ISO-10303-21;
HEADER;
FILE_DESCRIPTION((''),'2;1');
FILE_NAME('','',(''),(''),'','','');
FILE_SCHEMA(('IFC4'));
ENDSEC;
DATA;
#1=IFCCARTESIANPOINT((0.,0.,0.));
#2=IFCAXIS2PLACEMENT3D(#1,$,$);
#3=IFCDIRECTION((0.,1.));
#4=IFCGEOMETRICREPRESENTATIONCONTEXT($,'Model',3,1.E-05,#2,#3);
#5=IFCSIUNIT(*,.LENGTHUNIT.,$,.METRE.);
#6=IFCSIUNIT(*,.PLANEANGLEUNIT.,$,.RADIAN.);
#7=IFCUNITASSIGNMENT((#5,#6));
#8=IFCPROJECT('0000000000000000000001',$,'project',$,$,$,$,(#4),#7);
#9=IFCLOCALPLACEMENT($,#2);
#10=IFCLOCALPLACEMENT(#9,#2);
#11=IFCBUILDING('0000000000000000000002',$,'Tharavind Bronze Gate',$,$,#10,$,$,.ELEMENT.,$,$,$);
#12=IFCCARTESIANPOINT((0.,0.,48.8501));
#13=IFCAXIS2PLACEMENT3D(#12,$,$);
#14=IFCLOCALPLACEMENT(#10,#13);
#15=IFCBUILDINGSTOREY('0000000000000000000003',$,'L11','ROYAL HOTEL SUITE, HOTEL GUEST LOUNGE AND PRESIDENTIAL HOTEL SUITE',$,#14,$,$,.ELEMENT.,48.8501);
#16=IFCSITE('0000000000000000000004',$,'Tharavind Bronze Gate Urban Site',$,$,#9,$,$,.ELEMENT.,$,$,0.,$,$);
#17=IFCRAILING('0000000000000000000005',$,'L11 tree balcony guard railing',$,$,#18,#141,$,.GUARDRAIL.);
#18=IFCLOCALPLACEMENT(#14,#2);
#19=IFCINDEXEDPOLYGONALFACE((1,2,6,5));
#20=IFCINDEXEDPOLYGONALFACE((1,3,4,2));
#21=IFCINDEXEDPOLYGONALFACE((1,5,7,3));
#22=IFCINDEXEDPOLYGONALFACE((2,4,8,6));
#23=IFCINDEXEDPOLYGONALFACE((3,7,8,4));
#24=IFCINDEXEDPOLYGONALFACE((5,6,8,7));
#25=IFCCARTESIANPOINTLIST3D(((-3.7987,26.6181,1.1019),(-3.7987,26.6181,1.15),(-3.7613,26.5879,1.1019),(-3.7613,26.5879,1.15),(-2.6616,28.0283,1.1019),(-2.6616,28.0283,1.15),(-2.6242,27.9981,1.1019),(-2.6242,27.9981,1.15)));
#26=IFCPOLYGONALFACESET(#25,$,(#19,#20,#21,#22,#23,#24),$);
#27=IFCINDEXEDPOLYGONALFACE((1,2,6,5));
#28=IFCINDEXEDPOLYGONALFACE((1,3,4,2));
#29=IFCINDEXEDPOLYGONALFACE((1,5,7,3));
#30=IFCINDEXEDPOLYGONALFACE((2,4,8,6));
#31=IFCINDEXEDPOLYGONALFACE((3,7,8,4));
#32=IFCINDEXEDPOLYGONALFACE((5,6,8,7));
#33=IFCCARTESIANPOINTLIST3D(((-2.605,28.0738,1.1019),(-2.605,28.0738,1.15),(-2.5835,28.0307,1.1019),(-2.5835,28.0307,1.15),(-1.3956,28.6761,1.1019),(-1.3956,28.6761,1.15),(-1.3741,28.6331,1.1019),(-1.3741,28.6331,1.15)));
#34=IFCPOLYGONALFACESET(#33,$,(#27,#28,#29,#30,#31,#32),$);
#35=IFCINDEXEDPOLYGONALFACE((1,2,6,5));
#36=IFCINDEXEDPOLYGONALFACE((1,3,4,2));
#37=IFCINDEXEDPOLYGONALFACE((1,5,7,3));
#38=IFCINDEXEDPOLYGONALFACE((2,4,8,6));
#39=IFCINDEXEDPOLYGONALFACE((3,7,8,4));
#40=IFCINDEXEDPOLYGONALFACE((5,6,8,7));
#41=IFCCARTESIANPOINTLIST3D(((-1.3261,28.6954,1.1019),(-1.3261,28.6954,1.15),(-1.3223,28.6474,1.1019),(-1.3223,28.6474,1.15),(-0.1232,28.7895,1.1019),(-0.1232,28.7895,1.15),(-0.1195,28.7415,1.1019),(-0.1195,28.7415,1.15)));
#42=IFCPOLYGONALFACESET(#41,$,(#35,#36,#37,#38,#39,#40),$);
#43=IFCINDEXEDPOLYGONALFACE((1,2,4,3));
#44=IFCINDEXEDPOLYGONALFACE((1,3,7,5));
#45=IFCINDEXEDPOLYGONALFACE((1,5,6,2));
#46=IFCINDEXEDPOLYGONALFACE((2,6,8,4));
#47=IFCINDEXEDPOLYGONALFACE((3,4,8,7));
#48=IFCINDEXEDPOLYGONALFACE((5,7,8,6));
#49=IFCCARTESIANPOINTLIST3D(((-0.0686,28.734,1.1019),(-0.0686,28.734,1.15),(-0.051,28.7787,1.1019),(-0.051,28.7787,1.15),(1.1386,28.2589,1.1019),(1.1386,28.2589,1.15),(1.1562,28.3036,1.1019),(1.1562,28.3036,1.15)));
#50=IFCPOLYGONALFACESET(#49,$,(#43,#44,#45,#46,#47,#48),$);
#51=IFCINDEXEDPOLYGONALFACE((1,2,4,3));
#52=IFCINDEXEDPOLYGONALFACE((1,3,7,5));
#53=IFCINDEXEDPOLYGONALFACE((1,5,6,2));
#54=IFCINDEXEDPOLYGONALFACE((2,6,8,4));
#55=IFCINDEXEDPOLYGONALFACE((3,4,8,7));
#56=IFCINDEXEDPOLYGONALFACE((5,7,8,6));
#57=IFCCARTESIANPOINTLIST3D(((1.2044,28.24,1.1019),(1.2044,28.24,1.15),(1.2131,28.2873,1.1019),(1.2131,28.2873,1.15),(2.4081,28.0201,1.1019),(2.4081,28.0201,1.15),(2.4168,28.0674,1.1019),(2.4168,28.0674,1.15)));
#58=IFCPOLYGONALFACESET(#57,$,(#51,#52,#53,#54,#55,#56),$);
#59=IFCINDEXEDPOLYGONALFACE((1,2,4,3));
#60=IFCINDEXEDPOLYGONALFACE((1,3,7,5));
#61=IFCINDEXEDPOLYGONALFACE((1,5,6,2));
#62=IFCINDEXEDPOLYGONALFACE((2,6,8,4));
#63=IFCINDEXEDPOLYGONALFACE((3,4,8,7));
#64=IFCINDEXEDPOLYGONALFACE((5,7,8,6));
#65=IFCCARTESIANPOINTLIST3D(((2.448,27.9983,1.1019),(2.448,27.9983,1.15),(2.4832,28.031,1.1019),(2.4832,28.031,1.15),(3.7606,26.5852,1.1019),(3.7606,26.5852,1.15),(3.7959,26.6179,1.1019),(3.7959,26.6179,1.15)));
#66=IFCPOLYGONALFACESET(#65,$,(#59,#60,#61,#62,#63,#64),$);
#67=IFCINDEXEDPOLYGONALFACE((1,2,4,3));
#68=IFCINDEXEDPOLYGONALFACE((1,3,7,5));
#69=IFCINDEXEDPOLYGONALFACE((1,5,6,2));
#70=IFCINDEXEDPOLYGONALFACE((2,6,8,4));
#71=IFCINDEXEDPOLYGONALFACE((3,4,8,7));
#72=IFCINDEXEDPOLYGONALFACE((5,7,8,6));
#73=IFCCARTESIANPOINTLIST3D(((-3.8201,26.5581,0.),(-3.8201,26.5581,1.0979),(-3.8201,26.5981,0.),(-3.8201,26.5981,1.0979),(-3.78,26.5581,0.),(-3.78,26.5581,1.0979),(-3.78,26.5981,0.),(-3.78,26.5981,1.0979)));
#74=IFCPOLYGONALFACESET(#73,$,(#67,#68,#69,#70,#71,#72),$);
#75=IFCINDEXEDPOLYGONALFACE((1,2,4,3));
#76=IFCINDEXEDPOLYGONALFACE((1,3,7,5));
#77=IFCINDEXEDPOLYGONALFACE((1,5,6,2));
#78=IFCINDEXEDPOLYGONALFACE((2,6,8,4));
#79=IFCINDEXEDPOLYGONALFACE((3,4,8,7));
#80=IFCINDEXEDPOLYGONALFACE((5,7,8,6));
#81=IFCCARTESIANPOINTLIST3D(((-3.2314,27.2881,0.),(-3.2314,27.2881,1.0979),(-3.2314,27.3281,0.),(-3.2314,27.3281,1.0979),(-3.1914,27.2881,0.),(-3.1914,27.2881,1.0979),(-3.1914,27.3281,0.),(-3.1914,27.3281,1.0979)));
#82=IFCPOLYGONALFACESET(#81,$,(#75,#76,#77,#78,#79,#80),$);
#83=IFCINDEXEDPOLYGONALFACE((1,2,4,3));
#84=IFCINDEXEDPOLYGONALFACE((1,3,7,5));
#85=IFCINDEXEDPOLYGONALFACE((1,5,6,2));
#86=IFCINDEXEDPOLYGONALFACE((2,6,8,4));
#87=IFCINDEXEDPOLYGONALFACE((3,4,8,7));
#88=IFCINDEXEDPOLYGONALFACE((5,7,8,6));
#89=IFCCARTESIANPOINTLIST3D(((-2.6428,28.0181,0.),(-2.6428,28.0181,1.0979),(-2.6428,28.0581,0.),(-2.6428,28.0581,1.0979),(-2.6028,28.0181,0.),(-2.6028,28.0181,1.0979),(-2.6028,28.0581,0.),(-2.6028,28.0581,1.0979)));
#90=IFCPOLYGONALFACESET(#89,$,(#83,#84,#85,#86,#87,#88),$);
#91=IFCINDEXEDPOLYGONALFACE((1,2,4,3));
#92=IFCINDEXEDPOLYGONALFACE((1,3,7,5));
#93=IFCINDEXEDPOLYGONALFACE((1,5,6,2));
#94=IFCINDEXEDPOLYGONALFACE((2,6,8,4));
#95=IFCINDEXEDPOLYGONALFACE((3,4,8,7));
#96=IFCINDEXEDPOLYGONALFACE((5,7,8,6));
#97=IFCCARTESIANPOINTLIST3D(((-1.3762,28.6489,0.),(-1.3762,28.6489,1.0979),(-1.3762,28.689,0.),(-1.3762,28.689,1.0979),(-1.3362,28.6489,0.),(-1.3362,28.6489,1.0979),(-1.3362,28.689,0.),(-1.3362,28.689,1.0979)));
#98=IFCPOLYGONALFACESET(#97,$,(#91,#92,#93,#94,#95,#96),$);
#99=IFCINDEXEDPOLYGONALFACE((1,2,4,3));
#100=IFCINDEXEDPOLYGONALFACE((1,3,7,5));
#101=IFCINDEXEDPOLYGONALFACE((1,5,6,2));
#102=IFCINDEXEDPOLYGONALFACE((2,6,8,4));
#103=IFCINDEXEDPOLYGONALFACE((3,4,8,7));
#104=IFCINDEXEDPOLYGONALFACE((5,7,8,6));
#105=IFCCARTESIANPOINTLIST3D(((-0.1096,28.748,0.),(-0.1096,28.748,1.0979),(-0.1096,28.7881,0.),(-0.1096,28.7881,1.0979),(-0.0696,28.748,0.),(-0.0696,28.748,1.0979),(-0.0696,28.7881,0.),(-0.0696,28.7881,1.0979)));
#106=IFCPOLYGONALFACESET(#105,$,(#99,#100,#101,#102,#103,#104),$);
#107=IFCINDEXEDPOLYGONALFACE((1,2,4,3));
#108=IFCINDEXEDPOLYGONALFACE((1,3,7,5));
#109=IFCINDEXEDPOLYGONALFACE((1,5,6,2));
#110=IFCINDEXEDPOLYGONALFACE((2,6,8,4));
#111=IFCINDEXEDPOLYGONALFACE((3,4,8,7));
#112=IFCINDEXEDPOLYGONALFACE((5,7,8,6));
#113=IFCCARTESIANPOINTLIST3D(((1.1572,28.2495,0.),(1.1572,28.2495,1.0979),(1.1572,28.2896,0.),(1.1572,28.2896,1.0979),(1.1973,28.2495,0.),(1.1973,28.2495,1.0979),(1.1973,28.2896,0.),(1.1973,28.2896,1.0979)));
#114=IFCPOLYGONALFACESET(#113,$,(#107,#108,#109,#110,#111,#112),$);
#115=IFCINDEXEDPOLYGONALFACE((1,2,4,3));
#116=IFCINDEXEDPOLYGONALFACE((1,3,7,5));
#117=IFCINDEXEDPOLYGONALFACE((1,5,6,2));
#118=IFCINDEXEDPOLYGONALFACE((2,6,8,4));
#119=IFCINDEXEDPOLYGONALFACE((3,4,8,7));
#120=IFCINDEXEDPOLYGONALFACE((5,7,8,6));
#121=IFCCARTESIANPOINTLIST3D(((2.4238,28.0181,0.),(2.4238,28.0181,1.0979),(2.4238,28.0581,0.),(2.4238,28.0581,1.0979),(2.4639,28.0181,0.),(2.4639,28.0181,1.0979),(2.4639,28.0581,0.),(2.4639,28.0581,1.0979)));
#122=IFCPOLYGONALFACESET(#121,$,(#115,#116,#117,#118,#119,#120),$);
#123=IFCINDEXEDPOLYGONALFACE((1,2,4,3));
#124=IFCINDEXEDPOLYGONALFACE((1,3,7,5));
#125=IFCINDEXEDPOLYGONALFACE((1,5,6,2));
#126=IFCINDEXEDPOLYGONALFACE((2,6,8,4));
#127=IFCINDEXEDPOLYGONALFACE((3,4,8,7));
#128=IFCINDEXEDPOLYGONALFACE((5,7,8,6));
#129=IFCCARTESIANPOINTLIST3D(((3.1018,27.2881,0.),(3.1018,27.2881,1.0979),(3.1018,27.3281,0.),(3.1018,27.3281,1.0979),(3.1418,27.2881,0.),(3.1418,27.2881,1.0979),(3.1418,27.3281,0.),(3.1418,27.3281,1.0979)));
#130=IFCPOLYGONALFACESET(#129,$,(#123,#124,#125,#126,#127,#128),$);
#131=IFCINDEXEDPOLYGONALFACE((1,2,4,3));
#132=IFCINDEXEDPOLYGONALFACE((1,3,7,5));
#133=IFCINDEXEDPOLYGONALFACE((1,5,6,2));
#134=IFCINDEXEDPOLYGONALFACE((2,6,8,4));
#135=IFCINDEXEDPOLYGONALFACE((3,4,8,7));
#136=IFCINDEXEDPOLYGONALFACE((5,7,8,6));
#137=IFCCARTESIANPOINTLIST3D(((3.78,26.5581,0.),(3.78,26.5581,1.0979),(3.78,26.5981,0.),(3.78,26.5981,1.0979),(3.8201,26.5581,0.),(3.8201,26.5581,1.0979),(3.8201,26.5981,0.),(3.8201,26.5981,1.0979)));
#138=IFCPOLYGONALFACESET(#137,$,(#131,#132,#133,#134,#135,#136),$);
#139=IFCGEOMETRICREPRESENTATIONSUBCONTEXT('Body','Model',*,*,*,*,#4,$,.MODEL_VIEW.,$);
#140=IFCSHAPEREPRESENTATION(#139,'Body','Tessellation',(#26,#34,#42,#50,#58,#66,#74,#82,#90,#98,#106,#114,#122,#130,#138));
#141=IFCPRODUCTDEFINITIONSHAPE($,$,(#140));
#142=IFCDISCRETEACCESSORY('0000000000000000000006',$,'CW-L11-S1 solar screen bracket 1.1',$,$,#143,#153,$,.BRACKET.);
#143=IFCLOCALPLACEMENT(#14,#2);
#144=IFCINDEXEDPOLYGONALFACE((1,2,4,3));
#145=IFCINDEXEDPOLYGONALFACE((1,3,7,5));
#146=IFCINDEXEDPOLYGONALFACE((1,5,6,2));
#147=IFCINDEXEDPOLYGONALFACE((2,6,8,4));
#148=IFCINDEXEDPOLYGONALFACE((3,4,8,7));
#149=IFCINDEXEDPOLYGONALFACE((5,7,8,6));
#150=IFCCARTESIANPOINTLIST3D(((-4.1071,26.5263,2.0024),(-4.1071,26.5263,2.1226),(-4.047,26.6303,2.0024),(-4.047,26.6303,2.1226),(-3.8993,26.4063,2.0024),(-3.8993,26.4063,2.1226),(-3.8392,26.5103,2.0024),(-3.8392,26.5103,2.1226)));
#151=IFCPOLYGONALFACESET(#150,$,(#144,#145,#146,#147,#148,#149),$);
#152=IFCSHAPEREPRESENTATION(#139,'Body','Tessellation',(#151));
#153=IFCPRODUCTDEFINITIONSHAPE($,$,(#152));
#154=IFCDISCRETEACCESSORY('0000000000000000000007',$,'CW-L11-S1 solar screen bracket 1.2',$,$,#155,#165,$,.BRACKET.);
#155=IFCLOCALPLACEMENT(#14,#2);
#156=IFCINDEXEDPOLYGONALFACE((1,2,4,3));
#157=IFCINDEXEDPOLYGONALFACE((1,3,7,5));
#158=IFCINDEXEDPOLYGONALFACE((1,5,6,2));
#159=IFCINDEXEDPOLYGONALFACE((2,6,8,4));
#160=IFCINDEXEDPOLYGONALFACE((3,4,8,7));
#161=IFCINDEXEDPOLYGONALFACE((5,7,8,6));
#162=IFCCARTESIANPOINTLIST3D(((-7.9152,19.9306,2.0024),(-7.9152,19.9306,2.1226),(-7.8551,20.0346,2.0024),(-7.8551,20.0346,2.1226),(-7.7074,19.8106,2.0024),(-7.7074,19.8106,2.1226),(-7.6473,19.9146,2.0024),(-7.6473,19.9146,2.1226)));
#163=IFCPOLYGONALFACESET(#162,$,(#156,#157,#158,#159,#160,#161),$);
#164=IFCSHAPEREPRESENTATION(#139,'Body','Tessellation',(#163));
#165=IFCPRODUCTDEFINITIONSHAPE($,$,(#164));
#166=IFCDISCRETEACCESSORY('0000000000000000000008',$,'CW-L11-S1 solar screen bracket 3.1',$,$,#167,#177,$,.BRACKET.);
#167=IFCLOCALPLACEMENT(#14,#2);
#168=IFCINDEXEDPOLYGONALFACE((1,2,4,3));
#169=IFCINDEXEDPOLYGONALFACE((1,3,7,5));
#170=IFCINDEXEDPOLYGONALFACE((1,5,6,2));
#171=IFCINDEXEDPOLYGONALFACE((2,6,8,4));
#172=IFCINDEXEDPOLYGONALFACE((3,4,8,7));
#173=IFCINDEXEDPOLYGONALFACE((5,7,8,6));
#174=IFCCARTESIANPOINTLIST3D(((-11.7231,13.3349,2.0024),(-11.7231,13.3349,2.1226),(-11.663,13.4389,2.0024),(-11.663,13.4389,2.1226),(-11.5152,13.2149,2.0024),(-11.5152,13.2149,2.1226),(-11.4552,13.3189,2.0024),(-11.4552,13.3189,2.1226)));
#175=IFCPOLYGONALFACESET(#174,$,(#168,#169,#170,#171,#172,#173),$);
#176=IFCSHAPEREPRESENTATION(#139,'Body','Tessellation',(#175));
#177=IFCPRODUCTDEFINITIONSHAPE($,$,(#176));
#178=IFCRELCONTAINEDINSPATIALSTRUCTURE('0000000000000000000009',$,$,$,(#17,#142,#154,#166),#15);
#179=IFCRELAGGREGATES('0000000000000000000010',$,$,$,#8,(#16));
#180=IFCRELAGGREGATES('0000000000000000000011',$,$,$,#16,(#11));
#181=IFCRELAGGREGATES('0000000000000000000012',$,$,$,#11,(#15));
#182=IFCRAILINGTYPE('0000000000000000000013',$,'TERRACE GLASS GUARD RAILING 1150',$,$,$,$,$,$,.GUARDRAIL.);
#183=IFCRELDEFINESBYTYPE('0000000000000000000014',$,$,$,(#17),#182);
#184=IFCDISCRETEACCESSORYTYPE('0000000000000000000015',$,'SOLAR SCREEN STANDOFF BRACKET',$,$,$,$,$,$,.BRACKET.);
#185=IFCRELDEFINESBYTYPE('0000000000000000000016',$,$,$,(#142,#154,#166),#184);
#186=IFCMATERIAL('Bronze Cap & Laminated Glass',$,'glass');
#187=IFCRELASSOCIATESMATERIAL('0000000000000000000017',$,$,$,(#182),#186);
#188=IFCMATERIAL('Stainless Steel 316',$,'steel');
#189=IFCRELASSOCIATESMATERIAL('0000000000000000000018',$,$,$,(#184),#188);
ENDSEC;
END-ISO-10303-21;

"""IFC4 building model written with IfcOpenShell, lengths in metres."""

from ifc_helpers import new_model, si_unit, direction, frame, origin, origin_2d, place, context, subcontext, project, spatial, rectangle, extrude, material, type_object, element, save


model = new_model("IFC4")

# Units and contexts
model_context = context("Model", 3, precision=1e-05, world=origin(), true_north=direction((0.0, 1.0)))
body_context = subcontext(model_context, "Body", "Model", "MODEL_VIEW")
ifc_project = project(units=[si_unit("LENGTHUNIT", "METRE"), si_unit("PLANEANGLEUNIT", "RADIAN")], contexts=[model_context])

# Site, building, storey
site_placement = place(None, origin())
site = spatial("IfcSite", under=ifc_project, at=site_placement, Name="Tharavind Bronze Gate Urban Site", CompositionType="ELEMENT", RefElevation=0.0)
building_placement = place(site_placement, origin())
building = spatial("IfcBuilding", under=site, at=building_placement, Name="Tharavind Bronze Gate", CompositionType="ELEMENT")
storey_placement = place(building_placement, frame((0.0, 0.0, 48.8501)))
storey = spatial("IfcBuildingStorey", under=building, at=storey_placement, Name="L11", Description="ROYAL HOTEL SUITE, HOTEL GUEST LOUNGE AND PRESIDENTIAL HOTEL SUITE", CompositionType="ELEMENT", Elevation=48.8501)

# Railing
ifc_material_1 = material(Name="Bronze Cap & Laminated Glass", Category="glass")
railing_type = type_object("IfcRailingType", Name="TERRACE GLASS GUARD RAILING 1150", PredefinedType="GUARDRAIL", material=ifc_material_1)
railing_placement = place(storey_placement, frame((-3.8, 26.5781, 0.0)))
element("IfcRailing", 1, at=railing_placement, inside=storey, type_object=railing_type, Name="L11 tree balcony guard railing", PredefinedType="GUARDRAIL", context=body_context, shape_type="SweptSolid", body=[
    extrude(rectangle(XDim=0.0481, YDim=0.0481, at=origin_2d()), frame((0.02, 0.0249, 1.126), z_axis=(0.627707, 0.77845, 0.0), x_axis=(-0.77845, 0.627707, 0.0)), (0.0, 0.0, 1.0), 1.8115),
    extrude(rectangle(XDim=0.0481, YDim=0.0481, at=origin_2d()), frame((1.2058, 1.4741, 1.126), z_axis=(0.895116, 0.445833, 0.0), x_axis=(-0.445833, 0.895116, 0.0)), (0.0, 0.0, 1.0), 1.3511),
    extrude(rectangle(XDim=0.0481, YDim=0.0481, at=origin_2d()), frame((2.4758, 2.0933, 1.126), z_axis=(0.996952, 0.078019, 0.0), x_axis=(-0.078019, 0.996952, 0.0)), (0.0, 0.0, 1.0), 1.2065),
    extrude(rectangle(XDim=0.0481, YDim=0.0481, at=origin_2d()), frame((3.7402, 2.1782, 1.126), z_axis=(0.93054, -0.36619, 0.0), x_axis=(0.36619, 0.93054, 0.0)), (0.0, 0.0, 1.0), 1.2974),
    extrude(rectangle(XDim=0.0481, YDim=0.0481, at=origin_2d()), frame((5.0088, 1.6855, 1.126), z_axis=(0.983712, -0.179753, 0.0), x_axis=(0.179753, 0.983712, 0.0)), (0.0, 0.0, 1.0), 1.2236),
    extrude(rectangle(XDim=0.0481, YDim=0.0481, at=origin_2d()), frame((6.2656, 1.4365, 1.126), z_axis=(0.680592, -0.732663, 0.0), x_axis=(0.732663, 0.680592, 0.0)), (0.0, 0.0, 1.0), 1.9287),
    extrude(rectangle(XDim=0.04, YDim=0.04, at=origin_2d()), origin(), (0.0, 0.0, 1.0), 1.0979),
    extrude(rectangle(XDim=0.04, YDim=0.04, at=origin_2d()), frame((0.5886, 0.73, 0.0)), (0.0, 0.0, 1.0), 1.0979),
    extrude(rectangle(XDim=0.04, YDim=0.04, at=origin_2d()), frame((1.1772, 1.46, 0.0)), (0.0, 0.0, 1.0), 1.0979),
    extrude(rectangle(XDim=0.04, YDim=0.04, at=origin_2d()), frame((2.4438, 2.0908, 0.0)), (0.0, 0.0, 1.0), 1.0979),
    extrude(rectangle(XDim=0.04, YDim=0.04, at=origin_2d()), frame((3.7104, 2.1899, 0.0)), (0.0, 0.0, 1.0), 1.0979),
    extrude(rectangle(XDim=0.04, YDim=0.04, at=origin_2d()), frame((4.9773, 1.6914, 0.0)), (0.0, 0.0, 1.0), 1.0979),
    extrude(rectangle(XDim=0.04, YDim=0.04, at=origin_2d()), frame((6.2439, 1.46, 0.0)), (0.0, 0.0, 1.0), 1.0979),
    extrude(rectangle(XDim=0.04, YDim=0.04, at=origin_2d()), frame((6.9219, 0.73, 0.0)), (0.0, 0.0, 1.0), 1.0979),
    extrude(rectangle(XDim=0.04, YDim=0.04, at=origin_2d()), frame((7.6001, 0.0, 0.0)), (0.0, 0.0, 1.0), 1.0979),
])

# Discrete accessories
ifc_material_2 = material(Name="Stainless Steel 316", Category="steel")
discrete_accessory_type = type_object("IfcDiscreteAccessoryType", Name="SOLAR SCREEN STANDOFF BRACKET", PredefinedType="BRACKET", material=ifc_material_2)
for number, where, z_axis, x_axis, name in (
    (2, (-3.9731, 26.5183, 2.0024), (0.0, 0.0, 1.0), (-0.500002, -0.866025, 0.0), "CW-L11-S1 solar screen bracket 1.1"),
    (3, (-7.7812, 19.9226, 2.0024), (0.0, 0.0, 1.0), (-0.500002, -0.866025, 0.0), "CW-L11-S1 solar screen bracket 1.2"),
    (4, (-11.5891, 13.3269, 2.0024), (0.0, 0.0, 1.0), (-0.500002, -0.866025, 0.0), "CW-L11-S1 solar screen bracket 3.1"),
):
    element("IfcDiscreteAccessory", number, at=place(storey_placement, frame(where, z_axis=z_axis, x_axis=x_axis)), inside=storey, type_object=discrete_accessory_type, Name=name, PredefinedType="BRACKET", context=body_context, shape_type="SweptSolid", body=[
        extrude(rectangle(XDim=0.1201, YDim=0.24, at=origin_2d()), origin(), (0.0, 0.0, 1.0), 0.1201),
    ])

save(model, "model.ifc")
